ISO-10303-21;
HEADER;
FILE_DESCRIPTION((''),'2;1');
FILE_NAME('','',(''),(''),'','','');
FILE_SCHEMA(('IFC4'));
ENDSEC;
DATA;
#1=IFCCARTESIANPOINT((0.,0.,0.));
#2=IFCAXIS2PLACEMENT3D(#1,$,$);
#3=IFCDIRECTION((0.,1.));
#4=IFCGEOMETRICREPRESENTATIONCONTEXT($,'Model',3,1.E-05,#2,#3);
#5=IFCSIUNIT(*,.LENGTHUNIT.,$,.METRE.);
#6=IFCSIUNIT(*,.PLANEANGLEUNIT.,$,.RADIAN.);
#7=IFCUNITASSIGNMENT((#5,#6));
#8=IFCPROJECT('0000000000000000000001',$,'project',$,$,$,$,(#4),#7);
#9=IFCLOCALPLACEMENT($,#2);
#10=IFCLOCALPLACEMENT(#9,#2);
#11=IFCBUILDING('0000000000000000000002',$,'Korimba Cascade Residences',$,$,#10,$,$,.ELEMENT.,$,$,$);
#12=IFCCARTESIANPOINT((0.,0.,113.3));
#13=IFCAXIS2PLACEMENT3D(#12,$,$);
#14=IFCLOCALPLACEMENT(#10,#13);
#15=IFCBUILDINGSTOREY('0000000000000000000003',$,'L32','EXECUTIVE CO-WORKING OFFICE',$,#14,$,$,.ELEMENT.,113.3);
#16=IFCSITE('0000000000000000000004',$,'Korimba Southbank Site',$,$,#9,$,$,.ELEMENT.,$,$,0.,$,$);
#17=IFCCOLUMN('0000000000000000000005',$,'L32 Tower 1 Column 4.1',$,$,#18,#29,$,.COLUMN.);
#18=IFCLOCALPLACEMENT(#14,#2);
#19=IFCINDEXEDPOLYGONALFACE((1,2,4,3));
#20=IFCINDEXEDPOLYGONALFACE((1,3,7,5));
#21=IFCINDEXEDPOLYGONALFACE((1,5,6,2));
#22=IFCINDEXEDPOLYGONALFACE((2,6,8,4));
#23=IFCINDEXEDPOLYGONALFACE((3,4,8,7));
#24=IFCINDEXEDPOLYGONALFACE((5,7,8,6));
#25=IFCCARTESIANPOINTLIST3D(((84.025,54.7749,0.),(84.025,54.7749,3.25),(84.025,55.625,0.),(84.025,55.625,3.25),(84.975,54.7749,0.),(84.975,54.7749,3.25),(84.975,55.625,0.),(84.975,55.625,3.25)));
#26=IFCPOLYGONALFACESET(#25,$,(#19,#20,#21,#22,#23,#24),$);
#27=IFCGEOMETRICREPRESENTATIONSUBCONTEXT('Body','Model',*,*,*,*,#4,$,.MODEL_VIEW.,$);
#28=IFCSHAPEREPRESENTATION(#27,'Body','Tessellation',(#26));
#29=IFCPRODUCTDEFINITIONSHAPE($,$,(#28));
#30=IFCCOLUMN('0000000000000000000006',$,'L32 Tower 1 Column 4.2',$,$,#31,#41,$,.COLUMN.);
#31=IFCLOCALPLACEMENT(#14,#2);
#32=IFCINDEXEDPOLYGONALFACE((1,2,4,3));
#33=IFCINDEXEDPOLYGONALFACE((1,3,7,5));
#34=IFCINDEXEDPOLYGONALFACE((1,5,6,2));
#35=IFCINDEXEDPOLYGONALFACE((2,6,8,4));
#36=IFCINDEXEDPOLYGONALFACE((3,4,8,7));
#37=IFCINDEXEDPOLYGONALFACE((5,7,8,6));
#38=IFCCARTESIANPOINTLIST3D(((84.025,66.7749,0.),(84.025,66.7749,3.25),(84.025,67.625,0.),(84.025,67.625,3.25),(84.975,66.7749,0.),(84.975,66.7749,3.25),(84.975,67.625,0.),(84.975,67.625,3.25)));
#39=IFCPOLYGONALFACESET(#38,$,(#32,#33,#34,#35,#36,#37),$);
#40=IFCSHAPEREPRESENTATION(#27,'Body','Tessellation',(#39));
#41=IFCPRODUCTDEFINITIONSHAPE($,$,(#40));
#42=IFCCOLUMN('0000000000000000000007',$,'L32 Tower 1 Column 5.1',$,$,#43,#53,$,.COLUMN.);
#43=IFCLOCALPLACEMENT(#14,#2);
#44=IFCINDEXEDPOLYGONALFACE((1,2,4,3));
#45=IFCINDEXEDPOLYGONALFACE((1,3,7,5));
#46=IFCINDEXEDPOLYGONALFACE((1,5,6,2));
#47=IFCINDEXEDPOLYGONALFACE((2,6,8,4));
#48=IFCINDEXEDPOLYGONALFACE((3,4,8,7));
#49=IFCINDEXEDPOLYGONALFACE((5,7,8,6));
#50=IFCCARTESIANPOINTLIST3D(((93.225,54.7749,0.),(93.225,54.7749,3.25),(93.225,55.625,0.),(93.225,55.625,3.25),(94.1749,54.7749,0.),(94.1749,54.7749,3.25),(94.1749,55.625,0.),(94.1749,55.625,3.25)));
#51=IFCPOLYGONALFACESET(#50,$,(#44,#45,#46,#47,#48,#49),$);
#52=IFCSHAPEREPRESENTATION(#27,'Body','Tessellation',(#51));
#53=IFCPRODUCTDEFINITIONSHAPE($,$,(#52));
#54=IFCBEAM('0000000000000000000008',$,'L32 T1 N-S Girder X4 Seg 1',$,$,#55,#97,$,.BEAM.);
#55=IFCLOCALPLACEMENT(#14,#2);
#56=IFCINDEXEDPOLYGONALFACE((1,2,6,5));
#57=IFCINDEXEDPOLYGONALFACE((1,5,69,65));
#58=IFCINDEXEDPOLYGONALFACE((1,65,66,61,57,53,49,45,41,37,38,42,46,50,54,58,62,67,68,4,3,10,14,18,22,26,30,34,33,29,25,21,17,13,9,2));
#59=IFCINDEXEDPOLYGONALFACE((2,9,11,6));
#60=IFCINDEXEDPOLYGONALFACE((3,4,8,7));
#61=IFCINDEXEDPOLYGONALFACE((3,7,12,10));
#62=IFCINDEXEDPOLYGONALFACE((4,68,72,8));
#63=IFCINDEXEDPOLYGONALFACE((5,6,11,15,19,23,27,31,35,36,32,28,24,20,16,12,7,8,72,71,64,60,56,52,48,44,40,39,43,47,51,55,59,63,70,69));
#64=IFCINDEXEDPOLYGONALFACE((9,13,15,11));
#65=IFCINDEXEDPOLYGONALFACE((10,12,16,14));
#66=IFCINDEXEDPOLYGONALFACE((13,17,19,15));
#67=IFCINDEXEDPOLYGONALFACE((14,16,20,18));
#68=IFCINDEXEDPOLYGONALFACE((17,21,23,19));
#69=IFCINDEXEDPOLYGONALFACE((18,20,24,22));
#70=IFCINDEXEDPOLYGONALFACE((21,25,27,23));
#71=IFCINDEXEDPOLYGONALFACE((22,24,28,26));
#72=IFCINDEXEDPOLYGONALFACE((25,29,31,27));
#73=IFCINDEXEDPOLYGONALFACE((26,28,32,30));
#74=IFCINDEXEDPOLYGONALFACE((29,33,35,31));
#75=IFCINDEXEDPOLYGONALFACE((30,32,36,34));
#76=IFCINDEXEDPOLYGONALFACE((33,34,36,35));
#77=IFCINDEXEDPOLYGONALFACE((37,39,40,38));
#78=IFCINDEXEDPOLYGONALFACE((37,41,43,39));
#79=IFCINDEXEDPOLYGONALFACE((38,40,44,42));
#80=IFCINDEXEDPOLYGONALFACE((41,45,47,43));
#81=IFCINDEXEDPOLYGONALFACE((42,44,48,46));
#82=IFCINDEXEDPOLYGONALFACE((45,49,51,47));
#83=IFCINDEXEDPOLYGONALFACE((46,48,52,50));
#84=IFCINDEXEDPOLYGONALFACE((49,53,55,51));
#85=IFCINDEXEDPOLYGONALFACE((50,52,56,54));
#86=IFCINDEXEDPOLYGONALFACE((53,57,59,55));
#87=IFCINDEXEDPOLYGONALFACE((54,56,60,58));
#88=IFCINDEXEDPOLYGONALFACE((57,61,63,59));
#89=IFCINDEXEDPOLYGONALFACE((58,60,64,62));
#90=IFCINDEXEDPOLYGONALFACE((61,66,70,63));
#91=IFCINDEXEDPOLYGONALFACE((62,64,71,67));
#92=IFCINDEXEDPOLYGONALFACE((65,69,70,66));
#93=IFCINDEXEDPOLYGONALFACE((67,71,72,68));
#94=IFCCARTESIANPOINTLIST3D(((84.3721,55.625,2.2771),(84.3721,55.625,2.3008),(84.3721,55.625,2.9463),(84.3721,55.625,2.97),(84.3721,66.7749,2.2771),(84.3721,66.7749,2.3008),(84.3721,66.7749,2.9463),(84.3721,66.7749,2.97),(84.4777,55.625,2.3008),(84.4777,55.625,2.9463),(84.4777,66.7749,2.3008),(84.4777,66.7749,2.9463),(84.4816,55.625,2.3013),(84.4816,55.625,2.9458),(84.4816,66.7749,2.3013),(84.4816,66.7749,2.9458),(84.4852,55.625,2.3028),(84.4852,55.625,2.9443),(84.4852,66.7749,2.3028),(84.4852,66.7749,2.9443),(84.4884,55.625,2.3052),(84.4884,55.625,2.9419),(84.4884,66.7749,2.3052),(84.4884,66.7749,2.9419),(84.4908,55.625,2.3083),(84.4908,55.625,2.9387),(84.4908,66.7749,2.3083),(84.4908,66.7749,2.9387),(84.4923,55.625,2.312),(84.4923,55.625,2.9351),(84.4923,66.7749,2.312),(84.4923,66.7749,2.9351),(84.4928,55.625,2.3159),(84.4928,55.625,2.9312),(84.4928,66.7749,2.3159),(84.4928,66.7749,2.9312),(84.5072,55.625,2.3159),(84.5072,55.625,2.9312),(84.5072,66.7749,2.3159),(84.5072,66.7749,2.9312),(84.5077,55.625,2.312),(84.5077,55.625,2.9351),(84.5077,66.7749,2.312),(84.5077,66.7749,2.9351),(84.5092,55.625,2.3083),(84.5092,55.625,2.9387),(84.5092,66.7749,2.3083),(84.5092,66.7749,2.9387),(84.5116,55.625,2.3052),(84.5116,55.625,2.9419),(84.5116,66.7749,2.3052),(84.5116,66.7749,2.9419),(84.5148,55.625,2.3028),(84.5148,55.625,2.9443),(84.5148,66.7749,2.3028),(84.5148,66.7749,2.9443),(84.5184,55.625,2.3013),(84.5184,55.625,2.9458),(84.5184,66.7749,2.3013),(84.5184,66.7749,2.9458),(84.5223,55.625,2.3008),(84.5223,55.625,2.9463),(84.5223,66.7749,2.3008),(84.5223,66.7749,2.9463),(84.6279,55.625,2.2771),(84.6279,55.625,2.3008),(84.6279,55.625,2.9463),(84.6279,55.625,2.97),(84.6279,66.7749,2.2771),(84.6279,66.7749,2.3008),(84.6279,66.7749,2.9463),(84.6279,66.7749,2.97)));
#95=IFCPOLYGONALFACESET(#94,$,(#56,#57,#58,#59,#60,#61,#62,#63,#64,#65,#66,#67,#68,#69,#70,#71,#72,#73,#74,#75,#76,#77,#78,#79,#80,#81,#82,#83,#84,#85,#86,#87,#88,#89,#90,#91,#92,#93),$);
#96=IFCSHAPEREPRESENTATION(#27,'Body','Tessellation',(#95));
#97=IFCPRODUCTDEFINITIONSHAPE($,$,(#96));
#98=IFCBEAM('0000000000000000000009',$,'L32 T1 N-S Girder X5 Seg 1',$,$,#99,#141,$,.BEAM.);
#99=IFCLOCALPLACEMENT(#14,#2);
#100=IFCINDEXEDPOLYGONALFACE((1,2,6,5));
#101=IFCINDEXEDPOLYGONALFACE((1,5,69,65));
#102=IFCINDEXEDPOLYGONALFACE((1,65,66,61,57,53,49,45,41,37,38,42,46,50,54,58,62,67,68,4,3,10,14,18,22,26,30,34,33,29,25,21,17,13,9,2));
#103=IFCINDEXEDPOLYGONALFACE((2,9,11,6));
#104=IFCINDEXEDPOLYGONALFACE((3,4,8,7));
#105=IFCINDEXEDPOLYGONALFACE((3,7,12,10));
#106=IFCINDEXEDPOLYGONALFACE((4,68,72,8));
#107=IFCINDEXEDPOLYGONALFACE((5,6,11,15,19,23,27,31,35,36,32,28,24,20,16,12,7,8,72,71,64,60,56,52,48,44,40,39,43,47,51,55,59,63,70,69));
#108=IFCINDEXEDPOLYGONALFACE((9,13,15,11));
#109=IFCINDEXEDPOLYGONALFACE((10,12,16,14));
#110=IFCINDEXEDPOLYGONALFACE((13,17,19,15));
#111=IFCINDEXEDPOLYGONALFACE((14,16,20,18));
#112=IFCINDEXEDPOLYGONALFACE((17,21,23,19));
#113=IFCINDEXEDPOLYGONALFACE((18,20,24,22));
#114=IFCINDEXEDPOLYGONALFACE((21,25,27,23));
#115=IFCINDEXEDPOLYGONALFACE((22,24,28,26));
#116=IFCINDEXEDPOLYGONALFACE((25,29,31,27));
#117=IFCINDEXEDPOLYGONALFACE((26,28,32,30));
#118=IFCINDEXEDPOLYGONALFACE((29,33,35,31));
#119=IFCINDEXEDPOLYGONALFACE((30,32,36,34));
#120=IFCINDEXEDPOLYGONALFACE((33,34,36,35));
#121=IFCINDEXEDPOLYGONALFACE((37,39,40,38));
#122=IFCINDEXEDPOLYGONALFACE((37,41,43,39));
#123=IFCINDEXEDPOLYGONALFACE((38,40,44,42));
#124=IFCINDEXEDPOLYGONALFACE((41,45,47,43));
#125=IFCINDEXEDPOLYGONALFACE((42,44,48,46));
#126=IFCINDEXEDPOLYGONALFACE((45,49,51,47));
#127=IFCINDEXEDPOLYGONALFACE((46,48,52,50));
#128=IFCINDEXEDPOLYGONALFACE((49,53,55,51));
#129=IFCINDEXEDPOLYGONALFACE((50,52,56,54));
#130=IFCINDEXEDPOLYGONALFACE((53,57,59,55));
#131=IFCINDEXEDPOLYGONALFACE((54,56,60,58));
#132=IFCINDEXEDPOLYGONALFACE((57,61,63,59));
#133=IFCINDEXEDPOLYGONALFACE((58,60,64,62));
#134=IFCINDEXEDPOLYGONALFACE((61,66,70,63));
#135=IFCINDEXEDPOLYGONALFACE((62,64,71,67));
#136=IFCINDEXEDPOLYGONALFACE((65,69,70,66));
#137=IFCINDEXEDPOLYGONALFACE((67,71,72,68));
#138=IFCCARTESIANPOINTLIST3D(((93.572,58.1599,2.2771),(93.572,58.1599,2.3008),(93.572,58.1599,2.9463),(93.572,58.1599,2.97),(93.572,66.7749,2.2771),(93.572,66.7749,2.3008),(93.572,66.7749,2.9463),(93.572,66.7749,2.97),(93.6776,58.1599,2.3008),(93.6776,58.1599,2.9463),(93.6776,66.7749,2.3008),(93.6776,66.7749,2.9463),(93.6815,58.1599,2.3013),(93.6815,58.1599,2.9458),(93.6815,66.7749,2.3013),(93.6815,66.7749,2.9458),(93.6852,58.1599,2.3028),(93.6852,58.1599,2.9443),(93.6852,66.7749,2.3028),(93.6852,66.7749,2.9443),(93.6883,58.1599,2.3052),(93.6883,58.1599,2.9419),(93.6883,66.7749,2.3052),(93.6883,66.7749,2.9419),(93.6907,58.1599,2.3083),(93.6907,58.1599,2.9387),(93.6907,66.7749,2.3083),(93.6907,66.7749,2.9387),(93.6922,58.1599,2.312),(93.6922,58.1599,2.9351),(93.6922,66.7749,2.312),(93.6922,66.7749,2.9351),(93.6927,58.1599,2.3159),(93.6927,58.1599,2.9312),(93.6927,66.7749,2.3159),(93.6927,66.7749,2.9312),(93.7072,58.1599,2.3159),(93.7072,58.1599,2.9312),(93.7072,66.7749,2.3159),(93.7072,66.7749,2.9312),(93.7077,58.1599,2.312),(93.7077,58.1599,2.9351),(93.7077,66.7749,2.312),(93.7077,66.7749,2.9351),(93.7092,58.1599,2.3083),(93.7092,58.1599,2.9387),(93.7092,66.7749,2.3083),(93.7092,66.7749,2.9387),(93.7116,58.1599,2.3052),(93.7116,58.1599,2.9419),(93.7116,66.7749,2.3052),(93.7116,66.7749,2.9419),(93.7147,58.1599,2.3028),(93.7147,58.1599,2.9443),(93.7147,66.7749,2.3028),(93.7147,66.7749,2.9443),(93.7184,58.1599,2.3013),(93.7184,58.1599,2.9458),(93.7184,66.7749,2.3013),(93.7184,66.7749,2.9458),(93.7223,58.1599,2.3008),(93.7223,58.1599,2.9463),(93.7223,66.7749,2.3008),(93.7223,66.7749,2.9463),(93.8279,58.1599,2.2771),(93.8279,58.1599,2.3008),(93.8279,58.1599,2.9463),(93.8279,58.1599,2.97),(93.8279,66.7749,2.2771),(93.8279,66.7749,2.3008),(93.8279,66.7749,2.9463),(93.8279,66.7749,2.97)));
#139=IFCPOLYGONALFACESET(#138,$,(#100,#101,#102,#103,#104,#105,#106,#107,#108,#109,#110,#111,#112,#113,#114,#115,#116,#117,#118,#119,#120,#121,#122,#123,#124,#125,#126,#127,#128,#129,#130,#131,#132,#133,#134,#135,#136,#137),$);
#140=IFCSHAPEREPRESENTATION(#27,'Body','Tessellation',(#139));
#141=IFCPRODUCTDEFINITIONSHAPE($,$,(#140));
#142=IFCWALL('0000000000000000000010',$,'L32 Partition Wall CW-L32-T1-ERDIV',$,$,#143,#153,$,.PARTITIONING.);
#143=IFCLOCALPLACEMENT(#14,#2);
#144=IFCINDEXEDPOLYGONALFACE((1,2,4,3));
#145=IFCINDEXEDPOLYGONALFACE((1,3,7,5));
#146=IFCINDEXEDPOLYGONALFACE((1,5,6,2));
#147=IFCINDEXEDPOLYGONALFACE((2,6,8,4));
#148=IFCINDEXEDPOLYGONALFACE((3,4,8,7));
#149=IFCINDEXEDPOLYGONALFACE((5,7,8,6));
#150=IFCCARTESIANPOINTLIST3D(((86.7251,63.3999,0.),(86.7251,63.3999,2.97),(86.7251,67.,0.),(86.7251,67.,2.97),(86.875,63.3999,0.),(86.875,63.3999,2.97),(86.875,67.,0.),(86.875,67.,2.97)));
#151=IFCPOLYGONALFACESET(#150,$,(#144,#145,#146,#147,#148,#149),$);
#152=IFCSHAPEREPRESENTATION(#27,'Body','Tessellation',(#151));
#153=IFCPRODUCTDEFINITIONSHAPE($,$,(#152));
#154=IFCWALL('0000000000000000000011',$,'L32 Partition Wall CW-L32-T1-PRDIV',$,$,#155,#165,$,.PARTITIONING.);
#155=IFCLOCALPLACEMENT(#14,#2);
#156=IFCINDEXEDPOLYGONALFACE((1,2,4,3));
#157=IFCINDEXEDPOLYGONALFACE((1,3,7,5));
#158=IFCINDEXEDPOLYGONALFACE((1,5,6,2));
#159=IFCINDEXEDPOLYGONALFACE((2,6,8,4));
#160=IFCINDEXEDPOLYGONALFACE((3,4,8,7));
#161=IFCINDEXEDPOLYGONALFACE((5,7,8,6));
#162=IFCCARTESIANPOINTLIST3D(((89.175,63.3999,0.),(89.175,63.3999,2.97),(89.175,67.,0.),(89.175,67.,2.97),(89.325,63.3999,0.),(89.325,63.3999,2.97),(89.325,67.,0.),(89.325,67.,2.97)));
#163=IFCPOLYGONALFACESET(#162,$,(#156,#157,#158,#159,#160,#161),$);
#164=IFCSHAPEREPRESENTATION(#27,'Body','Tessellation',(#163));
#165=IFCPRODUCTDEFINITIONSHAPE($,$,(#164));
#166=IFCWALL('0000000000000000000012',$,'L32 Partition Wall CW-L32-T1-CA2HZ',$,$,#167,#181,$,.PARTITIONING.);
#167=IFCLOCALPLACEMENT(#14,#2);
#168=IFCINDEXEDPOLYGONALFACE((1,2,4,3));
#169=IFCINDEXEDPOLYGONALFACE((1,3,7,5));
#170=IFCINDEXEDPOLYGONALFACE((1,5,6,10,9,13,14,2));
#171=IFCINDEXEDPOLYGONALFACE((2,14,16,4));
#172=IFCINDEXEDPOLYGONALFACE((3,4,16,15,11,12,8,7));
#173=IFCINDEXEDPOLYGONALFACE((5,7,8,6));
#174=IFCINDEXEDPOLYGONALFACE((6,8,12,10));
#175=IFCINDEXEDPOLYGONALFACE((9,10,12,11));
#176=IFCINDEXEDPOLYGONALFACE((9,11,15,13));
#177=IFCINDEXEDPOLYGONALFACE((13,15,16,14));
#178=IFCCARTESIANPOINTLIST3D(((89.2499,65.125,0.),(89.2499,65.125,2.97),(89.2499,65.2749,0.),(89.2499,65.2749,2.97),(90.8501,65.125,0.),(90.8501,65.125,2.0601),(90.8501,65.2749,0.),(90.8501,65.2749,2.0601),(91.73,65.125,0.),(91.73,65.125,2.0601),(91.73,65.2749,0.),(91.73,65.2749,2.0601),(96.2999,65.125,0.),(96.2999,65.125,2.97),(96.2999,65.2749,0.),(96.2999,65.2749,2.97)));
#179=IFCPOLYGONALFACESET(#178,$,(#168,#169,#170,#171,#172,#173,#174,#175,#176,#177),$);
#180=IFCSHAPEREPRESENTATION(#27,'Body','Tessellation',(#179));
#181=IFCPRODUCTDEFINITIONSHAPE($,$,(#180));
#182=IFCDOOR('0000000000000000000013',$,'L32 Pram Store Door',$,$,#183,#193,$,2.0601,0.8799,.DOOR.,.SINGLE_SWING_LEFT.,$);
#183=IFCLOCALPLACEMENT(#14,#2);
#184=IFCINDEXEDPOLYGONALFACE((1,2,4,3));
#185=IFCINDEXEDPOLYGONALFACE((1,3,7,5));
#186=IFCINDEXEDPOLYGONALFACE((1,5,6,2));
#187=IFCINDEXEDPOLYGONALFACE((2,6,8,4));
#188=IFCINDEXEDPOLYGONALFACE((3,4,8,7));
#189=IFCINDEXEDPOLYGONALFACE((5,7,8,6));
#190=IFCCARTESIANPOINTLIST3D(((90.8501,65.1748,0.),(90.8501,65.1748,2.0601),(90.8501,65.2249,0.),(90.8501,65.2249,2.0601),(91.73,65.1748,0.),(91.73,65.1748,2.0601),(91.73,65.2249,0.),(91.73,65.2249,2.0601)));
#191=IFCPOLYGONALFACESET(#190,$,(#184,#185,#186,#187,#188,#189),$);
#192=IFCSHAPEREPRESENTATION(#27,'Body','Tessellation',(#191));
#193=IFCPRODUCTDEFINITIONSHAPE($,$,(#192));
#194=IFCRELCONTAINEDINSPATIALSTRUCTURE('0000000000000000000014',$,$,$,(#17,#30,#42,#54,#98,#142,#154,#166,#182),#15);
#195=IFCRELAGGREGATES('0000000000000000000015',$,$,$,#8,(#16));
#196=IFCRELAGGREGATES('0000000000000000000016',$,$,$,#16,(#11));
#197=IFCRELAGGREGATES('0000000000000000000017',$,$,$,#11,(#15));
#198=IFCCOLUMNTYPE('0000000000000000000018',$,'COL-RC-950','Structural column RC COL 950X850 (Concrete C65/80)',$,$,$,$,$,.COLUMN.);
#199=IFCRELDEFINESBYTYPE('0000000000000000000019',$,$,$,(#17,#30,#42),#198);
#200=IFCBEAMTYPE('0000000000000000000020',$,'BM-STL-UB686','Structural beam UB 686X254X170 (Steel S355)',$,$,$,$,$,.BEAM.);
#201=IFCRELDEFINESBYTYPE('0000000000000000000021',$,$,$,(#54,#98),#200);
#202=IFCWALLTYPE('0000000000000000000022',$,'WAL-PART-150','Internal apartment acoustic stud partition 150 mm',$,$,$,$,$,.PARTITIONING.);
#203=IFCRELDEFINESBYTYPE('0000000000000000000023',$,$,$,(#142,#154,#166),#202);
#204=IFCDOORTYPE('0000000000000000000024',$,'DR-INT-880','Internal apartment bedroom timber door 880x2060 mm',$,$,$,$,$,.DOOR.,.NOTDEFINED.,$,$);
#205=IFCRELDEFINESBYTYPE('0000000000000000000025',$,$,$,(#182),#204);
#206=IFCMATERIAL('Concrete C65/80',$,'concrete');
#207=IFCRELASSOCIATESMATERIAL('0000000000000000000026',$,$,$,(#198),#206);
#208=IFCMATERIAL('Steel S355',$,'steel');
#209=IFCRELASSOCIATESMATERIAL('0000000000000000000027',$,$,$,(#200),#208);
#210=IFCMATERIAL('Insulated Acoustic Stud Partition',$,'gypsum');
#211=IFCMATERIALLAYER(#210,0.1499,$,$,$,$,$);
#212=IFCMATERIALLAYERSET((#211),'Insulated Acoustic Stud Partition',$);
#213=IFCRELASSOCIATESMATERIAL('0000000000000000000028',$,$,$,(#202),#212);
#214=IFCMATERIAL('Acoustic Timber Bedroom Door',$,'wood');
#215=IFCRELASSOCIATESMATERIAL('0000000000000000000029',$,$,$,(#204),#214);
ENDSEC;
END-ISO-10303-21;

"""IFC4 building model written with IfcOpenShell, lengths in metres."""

from ifc_helpers import new_model, si_unit, direction, frame, frame_2d, origin, origin_2d, place, context, subcontext, project, spatial, rectangle, i_section, extrude, material, layer, layer_set, material_profile, profile_set, type_object, element, fill, save


model = new_model("IFC4")

# Units and contexts
model_context = context("Model", 3, precision=1e-05, world=origin(), true_north=direction((0.0, 1.0)))
body_context = subcontext(model_context, "Body", "Model", "MODEL_VIEW")
ifc_project = project(units=[si_unit("LENGTHUNIT", "METRE"), si_unit("PLANEANGLEUNIT", "RADIAN")], contexts=[model_context])

# Site, building, storey
site_placement = place(None, origin())
site = spatial("IfcSite", under=ifc_project, at=site_placement, Name="Korimba Southbank Site", CompositionType="ELEMENT", RefElevation=0.0)
building_placement = place(site_placement, origin())
building = spatial("IfcBuilding", under=site, at=building_placement, Name="Korimba Cascade Residences", CompositionType="ELEMENT")
storey_placement = place(building_placement, frame((0.0, 0.0, 113.3)))
storey = spatial("IfcBuildingStorey", under=building, at=storey_placement, Name="L32", Description="EXECUTIVE CO-WORKING OFFICE", CompositionType="ELEMENT", Elevation=113.3)

# Columns
ifc_material_1 = material(Name="Concrete C65/80", Category="concrete")
ifc_material_profile_1 = material_profile(ifc_material_1, rectangle(XDim=0.95, YDim=0.8501, at=origin_2d()), Name="Concrete C65/80")
ifc_profile_set_1 = profile_set([ifc_material_profile_1], Name="Concrete C65/80")
column_type = type_object("IfcColumnType", Name="COL-RC-950", Description="Structural column RC COL 950X850 (Concrete C65/80)", PredefinedType="COLUMN", material=ifc_profile_set_1)
for number, where, z_axis, x_axis, name in (
    (1, (84.5, 55.2, 0.0), (0.0, 0.0, 1.0), (1.0, 0.0, 0.0), "L32 Tower 1 Column 4.1"),
    (2, (84.5, 67.2, 0.0), (0.0, 0.0, 1.0), (1.0, 0.0, 0.0), "L32 Tower 1 Column 4.2"),
    (3, (93.7, 55.2, 0.0), (0.0, 0.0, 1.0), (1.0, 0.0, 0.0), "L32 Tower 1 Column 5.1"),
):
    element("IfcColumn", number, at=place(storey_placement, frame(where, z_axis=z_axis, x_axis=x_axis)), inside=storey, type_object=column_type, Name=name, PredefinedType="COLUMN", context=body_context, shape_type="SweptSolid", body=[
        extrude(rectangle(XDim=0.95, YDim=0.8501, at=origin_2d()), origin(), (0.0, 0.0, 1.0), 3.25),
    ])

# Beams
ifc_material_2 = material(Name="Steel S355", Category="steel")
ifc_material_profile_2 = material_profile(ifc_material_2, i_section(OverallWidth=0.2559, OverallDepth=0.6929, WebThickness=0.0144, FlangeThickness=0.0237, FilletRadius=0.0151, at=origin_2d()), Name="Steel S355")
ifc_profile_set_2 = profile_set([ifc_material_profile_2], Name="Steel S355")
beam_type = type_object("IfcBeamType", Name="BM-STL-UB686", Description="Structural beam UB 686X254X170 (Steel S355)", PredefinedType="BEAM", material=ifc_profile_set_2)
beam_1_placement = place(storey_placement, frame((84.5, 55.625, 2.6235), z_axis=(0.0, 1.0, 0.0), x_axis=(-1.0, 0.0, 0.0)))
element("IfcBeam", 4, at=beam_1_placement, inside=storey, type_object=beam_type, Name="L32 T1 N-S Girder X4 Seg 1", PredefinedType="BEAM", context=body_context, shape_type="SweptSolid", body=[
    extrude(i_section(OverallWidth=0.2559, OverallDepth=0.6929, WebThickness=0.0144, FlangeThickness=0.0237, FilletRadius=0.0151, at=origin_2d()), origin(), (0.0, 0.0, 1.0), 11.1499),
])
beam_2_placement = place(storey_placement, frame((93.7, 58.1599, 2.6235), z_axis=(0.0, 1.0, 0.0), x_axis=(-1.0, 0.0, 0.0)))
element("IfcBeam", 5, at=beam_2_placement, inside=storey, type_object=beam_type, Name="L32 T1 N-S Girder X5 Seg 1", PredefinedType="BEAM", context=body_context, shape_type="SweptSolid", body=[
    extrude(i_section(OverallWidth=0.2559, OverallDepth=0.6929, WebThickness=0.0144, FlangeThickness=0.0237, FilletRadius=0.0151, at=origin_2d()), origin(), (0.0, 0.0, 1.0), 8.615),
])

# Walls
ifc_material_3 = material(Name="Insulated Acoustic Stud Partition", Category="gypsum")
ifc_layer_1 = layer(ifc_material_3, 0.1499)
ifc_layer_set_1 = layer_set([ifc_layer_1], Name="Insulated Acoustic Stud Partition")
wall_type_1 = type_object("IfcWallType", Name="WAL-PART-150", Description="Internal apartment acoustic stud partition 150 mm", PredefinedType="PARTITIONING", material=ifc_layer_set_1)
for number, where, z_axis, x_axis, name in (
    (6, (86.8, 63.3999, 0.0), (0.0, 0.0, 1.0), (0.0, 1.0, 0.0), "L32 Partition Wall CW-L32-T1-ERDIV"),
    (7, (89.25, 63.3999, 0.0), (0.0, 0.0, 1.0), (0.0, 1.0, 0.0), "L32 Partition Wall CW-L32-T1-PRDIV"),
):
    element("IfcWall", number, at=place(storey_placement, frame(where, z_axis=z_axis, x_axis=x_axis)), inside=storey, type_object=wall_type_1, Name=name, PredefinedType="PARTITIONING", context=body_context, shape_type="SweptSolid", body=[
        extrude(rectangle(XDim=3.6001, YDim=0.1499, at=frame_2d((1.8, 0.0))), origin(), (0.0, 0.0, 1.0), 2.97),
    ])

# Wall, opening, door
wall_1_placement = place(storey_placement, frame((89.25, 65.2, 0.0), z_axis=(0.0, 0.0, 1.0), x_axis=(1.0, 0.0, 0.0)))
wall_1 = element("IfcWall", 8, at=wall_1_placement, inside=storey, type_object=wall_type_1, Name="L32 Partition Wall CW-L32-T1-CA2HZ", PredefinedType="PARTITIONING", context=body_context, shape_type="SweptSolid", body=[
    extrude(rectangle(XDim=7.05, YDim=0.1499, at=frame_2d((3.5249, 0.0))), origin(), (0.0, 0.0, 1.0), 2.97),
])
opening_1_placement = place(wall_1_placement, frame((1.6001, 0.0, 0.0)))
opening_1 = element("IfcOpeningElement", 9, at=opening_1_placement, cuts=wall_1, PredefinedType="OPENING", context=body_context, shape_type="SweptSolid", body=[
    extrude(rectangle(XDim=0.8799, YDim=2.0601, at=frame_2d((0.4399, 1.03))), frame((0.0, 0.085, 0.0), z_axis=(0.0, -1.0, 0.0), x_axis=(1.0, 0.0, 0.0)), (0.0, 0.0, 1.0), 0.1699),
])
ifc_material_4 = material(Name="Acoustic Timber Bedroom Door", Category="wood")
door_type_1 = type_object("IfcDoorType", Name="DR-INT-880", Description="Internal apartment bedroom timber door 880x2060 mm", OperationType="NOTDEFINED", PredefinedType="DOOR", material=ifc_material_4)
door_1_placement = place(opening_1_placement, origin())
door_1 = element("IfcDoor", 10, at=door_1_placement, inside=storey, type_object=door_type_1, Name="L32 Pram Store Door", OperationType="SINGLE_SWING_LEFT", OverallHeight=2.0601, OverallWidth=0.8799, PredefinedType="DOOR", context=body_context, shape_type="SweptSolid", body=[
    extrude(rectangle(XDim=0.8799, YDim=2.0601, at=frame_2d((0.4399, 1.03))), frame((0.0, 0.0249, 0.0), z_axis=(0.0, -1.0, 0.0), x_axis=(1.0, 0.0, 0.0)), (0.0, 0.0, 1.0), 0.05),
])
fill(opening_1, door_1)

save(model, "model.ifc")
